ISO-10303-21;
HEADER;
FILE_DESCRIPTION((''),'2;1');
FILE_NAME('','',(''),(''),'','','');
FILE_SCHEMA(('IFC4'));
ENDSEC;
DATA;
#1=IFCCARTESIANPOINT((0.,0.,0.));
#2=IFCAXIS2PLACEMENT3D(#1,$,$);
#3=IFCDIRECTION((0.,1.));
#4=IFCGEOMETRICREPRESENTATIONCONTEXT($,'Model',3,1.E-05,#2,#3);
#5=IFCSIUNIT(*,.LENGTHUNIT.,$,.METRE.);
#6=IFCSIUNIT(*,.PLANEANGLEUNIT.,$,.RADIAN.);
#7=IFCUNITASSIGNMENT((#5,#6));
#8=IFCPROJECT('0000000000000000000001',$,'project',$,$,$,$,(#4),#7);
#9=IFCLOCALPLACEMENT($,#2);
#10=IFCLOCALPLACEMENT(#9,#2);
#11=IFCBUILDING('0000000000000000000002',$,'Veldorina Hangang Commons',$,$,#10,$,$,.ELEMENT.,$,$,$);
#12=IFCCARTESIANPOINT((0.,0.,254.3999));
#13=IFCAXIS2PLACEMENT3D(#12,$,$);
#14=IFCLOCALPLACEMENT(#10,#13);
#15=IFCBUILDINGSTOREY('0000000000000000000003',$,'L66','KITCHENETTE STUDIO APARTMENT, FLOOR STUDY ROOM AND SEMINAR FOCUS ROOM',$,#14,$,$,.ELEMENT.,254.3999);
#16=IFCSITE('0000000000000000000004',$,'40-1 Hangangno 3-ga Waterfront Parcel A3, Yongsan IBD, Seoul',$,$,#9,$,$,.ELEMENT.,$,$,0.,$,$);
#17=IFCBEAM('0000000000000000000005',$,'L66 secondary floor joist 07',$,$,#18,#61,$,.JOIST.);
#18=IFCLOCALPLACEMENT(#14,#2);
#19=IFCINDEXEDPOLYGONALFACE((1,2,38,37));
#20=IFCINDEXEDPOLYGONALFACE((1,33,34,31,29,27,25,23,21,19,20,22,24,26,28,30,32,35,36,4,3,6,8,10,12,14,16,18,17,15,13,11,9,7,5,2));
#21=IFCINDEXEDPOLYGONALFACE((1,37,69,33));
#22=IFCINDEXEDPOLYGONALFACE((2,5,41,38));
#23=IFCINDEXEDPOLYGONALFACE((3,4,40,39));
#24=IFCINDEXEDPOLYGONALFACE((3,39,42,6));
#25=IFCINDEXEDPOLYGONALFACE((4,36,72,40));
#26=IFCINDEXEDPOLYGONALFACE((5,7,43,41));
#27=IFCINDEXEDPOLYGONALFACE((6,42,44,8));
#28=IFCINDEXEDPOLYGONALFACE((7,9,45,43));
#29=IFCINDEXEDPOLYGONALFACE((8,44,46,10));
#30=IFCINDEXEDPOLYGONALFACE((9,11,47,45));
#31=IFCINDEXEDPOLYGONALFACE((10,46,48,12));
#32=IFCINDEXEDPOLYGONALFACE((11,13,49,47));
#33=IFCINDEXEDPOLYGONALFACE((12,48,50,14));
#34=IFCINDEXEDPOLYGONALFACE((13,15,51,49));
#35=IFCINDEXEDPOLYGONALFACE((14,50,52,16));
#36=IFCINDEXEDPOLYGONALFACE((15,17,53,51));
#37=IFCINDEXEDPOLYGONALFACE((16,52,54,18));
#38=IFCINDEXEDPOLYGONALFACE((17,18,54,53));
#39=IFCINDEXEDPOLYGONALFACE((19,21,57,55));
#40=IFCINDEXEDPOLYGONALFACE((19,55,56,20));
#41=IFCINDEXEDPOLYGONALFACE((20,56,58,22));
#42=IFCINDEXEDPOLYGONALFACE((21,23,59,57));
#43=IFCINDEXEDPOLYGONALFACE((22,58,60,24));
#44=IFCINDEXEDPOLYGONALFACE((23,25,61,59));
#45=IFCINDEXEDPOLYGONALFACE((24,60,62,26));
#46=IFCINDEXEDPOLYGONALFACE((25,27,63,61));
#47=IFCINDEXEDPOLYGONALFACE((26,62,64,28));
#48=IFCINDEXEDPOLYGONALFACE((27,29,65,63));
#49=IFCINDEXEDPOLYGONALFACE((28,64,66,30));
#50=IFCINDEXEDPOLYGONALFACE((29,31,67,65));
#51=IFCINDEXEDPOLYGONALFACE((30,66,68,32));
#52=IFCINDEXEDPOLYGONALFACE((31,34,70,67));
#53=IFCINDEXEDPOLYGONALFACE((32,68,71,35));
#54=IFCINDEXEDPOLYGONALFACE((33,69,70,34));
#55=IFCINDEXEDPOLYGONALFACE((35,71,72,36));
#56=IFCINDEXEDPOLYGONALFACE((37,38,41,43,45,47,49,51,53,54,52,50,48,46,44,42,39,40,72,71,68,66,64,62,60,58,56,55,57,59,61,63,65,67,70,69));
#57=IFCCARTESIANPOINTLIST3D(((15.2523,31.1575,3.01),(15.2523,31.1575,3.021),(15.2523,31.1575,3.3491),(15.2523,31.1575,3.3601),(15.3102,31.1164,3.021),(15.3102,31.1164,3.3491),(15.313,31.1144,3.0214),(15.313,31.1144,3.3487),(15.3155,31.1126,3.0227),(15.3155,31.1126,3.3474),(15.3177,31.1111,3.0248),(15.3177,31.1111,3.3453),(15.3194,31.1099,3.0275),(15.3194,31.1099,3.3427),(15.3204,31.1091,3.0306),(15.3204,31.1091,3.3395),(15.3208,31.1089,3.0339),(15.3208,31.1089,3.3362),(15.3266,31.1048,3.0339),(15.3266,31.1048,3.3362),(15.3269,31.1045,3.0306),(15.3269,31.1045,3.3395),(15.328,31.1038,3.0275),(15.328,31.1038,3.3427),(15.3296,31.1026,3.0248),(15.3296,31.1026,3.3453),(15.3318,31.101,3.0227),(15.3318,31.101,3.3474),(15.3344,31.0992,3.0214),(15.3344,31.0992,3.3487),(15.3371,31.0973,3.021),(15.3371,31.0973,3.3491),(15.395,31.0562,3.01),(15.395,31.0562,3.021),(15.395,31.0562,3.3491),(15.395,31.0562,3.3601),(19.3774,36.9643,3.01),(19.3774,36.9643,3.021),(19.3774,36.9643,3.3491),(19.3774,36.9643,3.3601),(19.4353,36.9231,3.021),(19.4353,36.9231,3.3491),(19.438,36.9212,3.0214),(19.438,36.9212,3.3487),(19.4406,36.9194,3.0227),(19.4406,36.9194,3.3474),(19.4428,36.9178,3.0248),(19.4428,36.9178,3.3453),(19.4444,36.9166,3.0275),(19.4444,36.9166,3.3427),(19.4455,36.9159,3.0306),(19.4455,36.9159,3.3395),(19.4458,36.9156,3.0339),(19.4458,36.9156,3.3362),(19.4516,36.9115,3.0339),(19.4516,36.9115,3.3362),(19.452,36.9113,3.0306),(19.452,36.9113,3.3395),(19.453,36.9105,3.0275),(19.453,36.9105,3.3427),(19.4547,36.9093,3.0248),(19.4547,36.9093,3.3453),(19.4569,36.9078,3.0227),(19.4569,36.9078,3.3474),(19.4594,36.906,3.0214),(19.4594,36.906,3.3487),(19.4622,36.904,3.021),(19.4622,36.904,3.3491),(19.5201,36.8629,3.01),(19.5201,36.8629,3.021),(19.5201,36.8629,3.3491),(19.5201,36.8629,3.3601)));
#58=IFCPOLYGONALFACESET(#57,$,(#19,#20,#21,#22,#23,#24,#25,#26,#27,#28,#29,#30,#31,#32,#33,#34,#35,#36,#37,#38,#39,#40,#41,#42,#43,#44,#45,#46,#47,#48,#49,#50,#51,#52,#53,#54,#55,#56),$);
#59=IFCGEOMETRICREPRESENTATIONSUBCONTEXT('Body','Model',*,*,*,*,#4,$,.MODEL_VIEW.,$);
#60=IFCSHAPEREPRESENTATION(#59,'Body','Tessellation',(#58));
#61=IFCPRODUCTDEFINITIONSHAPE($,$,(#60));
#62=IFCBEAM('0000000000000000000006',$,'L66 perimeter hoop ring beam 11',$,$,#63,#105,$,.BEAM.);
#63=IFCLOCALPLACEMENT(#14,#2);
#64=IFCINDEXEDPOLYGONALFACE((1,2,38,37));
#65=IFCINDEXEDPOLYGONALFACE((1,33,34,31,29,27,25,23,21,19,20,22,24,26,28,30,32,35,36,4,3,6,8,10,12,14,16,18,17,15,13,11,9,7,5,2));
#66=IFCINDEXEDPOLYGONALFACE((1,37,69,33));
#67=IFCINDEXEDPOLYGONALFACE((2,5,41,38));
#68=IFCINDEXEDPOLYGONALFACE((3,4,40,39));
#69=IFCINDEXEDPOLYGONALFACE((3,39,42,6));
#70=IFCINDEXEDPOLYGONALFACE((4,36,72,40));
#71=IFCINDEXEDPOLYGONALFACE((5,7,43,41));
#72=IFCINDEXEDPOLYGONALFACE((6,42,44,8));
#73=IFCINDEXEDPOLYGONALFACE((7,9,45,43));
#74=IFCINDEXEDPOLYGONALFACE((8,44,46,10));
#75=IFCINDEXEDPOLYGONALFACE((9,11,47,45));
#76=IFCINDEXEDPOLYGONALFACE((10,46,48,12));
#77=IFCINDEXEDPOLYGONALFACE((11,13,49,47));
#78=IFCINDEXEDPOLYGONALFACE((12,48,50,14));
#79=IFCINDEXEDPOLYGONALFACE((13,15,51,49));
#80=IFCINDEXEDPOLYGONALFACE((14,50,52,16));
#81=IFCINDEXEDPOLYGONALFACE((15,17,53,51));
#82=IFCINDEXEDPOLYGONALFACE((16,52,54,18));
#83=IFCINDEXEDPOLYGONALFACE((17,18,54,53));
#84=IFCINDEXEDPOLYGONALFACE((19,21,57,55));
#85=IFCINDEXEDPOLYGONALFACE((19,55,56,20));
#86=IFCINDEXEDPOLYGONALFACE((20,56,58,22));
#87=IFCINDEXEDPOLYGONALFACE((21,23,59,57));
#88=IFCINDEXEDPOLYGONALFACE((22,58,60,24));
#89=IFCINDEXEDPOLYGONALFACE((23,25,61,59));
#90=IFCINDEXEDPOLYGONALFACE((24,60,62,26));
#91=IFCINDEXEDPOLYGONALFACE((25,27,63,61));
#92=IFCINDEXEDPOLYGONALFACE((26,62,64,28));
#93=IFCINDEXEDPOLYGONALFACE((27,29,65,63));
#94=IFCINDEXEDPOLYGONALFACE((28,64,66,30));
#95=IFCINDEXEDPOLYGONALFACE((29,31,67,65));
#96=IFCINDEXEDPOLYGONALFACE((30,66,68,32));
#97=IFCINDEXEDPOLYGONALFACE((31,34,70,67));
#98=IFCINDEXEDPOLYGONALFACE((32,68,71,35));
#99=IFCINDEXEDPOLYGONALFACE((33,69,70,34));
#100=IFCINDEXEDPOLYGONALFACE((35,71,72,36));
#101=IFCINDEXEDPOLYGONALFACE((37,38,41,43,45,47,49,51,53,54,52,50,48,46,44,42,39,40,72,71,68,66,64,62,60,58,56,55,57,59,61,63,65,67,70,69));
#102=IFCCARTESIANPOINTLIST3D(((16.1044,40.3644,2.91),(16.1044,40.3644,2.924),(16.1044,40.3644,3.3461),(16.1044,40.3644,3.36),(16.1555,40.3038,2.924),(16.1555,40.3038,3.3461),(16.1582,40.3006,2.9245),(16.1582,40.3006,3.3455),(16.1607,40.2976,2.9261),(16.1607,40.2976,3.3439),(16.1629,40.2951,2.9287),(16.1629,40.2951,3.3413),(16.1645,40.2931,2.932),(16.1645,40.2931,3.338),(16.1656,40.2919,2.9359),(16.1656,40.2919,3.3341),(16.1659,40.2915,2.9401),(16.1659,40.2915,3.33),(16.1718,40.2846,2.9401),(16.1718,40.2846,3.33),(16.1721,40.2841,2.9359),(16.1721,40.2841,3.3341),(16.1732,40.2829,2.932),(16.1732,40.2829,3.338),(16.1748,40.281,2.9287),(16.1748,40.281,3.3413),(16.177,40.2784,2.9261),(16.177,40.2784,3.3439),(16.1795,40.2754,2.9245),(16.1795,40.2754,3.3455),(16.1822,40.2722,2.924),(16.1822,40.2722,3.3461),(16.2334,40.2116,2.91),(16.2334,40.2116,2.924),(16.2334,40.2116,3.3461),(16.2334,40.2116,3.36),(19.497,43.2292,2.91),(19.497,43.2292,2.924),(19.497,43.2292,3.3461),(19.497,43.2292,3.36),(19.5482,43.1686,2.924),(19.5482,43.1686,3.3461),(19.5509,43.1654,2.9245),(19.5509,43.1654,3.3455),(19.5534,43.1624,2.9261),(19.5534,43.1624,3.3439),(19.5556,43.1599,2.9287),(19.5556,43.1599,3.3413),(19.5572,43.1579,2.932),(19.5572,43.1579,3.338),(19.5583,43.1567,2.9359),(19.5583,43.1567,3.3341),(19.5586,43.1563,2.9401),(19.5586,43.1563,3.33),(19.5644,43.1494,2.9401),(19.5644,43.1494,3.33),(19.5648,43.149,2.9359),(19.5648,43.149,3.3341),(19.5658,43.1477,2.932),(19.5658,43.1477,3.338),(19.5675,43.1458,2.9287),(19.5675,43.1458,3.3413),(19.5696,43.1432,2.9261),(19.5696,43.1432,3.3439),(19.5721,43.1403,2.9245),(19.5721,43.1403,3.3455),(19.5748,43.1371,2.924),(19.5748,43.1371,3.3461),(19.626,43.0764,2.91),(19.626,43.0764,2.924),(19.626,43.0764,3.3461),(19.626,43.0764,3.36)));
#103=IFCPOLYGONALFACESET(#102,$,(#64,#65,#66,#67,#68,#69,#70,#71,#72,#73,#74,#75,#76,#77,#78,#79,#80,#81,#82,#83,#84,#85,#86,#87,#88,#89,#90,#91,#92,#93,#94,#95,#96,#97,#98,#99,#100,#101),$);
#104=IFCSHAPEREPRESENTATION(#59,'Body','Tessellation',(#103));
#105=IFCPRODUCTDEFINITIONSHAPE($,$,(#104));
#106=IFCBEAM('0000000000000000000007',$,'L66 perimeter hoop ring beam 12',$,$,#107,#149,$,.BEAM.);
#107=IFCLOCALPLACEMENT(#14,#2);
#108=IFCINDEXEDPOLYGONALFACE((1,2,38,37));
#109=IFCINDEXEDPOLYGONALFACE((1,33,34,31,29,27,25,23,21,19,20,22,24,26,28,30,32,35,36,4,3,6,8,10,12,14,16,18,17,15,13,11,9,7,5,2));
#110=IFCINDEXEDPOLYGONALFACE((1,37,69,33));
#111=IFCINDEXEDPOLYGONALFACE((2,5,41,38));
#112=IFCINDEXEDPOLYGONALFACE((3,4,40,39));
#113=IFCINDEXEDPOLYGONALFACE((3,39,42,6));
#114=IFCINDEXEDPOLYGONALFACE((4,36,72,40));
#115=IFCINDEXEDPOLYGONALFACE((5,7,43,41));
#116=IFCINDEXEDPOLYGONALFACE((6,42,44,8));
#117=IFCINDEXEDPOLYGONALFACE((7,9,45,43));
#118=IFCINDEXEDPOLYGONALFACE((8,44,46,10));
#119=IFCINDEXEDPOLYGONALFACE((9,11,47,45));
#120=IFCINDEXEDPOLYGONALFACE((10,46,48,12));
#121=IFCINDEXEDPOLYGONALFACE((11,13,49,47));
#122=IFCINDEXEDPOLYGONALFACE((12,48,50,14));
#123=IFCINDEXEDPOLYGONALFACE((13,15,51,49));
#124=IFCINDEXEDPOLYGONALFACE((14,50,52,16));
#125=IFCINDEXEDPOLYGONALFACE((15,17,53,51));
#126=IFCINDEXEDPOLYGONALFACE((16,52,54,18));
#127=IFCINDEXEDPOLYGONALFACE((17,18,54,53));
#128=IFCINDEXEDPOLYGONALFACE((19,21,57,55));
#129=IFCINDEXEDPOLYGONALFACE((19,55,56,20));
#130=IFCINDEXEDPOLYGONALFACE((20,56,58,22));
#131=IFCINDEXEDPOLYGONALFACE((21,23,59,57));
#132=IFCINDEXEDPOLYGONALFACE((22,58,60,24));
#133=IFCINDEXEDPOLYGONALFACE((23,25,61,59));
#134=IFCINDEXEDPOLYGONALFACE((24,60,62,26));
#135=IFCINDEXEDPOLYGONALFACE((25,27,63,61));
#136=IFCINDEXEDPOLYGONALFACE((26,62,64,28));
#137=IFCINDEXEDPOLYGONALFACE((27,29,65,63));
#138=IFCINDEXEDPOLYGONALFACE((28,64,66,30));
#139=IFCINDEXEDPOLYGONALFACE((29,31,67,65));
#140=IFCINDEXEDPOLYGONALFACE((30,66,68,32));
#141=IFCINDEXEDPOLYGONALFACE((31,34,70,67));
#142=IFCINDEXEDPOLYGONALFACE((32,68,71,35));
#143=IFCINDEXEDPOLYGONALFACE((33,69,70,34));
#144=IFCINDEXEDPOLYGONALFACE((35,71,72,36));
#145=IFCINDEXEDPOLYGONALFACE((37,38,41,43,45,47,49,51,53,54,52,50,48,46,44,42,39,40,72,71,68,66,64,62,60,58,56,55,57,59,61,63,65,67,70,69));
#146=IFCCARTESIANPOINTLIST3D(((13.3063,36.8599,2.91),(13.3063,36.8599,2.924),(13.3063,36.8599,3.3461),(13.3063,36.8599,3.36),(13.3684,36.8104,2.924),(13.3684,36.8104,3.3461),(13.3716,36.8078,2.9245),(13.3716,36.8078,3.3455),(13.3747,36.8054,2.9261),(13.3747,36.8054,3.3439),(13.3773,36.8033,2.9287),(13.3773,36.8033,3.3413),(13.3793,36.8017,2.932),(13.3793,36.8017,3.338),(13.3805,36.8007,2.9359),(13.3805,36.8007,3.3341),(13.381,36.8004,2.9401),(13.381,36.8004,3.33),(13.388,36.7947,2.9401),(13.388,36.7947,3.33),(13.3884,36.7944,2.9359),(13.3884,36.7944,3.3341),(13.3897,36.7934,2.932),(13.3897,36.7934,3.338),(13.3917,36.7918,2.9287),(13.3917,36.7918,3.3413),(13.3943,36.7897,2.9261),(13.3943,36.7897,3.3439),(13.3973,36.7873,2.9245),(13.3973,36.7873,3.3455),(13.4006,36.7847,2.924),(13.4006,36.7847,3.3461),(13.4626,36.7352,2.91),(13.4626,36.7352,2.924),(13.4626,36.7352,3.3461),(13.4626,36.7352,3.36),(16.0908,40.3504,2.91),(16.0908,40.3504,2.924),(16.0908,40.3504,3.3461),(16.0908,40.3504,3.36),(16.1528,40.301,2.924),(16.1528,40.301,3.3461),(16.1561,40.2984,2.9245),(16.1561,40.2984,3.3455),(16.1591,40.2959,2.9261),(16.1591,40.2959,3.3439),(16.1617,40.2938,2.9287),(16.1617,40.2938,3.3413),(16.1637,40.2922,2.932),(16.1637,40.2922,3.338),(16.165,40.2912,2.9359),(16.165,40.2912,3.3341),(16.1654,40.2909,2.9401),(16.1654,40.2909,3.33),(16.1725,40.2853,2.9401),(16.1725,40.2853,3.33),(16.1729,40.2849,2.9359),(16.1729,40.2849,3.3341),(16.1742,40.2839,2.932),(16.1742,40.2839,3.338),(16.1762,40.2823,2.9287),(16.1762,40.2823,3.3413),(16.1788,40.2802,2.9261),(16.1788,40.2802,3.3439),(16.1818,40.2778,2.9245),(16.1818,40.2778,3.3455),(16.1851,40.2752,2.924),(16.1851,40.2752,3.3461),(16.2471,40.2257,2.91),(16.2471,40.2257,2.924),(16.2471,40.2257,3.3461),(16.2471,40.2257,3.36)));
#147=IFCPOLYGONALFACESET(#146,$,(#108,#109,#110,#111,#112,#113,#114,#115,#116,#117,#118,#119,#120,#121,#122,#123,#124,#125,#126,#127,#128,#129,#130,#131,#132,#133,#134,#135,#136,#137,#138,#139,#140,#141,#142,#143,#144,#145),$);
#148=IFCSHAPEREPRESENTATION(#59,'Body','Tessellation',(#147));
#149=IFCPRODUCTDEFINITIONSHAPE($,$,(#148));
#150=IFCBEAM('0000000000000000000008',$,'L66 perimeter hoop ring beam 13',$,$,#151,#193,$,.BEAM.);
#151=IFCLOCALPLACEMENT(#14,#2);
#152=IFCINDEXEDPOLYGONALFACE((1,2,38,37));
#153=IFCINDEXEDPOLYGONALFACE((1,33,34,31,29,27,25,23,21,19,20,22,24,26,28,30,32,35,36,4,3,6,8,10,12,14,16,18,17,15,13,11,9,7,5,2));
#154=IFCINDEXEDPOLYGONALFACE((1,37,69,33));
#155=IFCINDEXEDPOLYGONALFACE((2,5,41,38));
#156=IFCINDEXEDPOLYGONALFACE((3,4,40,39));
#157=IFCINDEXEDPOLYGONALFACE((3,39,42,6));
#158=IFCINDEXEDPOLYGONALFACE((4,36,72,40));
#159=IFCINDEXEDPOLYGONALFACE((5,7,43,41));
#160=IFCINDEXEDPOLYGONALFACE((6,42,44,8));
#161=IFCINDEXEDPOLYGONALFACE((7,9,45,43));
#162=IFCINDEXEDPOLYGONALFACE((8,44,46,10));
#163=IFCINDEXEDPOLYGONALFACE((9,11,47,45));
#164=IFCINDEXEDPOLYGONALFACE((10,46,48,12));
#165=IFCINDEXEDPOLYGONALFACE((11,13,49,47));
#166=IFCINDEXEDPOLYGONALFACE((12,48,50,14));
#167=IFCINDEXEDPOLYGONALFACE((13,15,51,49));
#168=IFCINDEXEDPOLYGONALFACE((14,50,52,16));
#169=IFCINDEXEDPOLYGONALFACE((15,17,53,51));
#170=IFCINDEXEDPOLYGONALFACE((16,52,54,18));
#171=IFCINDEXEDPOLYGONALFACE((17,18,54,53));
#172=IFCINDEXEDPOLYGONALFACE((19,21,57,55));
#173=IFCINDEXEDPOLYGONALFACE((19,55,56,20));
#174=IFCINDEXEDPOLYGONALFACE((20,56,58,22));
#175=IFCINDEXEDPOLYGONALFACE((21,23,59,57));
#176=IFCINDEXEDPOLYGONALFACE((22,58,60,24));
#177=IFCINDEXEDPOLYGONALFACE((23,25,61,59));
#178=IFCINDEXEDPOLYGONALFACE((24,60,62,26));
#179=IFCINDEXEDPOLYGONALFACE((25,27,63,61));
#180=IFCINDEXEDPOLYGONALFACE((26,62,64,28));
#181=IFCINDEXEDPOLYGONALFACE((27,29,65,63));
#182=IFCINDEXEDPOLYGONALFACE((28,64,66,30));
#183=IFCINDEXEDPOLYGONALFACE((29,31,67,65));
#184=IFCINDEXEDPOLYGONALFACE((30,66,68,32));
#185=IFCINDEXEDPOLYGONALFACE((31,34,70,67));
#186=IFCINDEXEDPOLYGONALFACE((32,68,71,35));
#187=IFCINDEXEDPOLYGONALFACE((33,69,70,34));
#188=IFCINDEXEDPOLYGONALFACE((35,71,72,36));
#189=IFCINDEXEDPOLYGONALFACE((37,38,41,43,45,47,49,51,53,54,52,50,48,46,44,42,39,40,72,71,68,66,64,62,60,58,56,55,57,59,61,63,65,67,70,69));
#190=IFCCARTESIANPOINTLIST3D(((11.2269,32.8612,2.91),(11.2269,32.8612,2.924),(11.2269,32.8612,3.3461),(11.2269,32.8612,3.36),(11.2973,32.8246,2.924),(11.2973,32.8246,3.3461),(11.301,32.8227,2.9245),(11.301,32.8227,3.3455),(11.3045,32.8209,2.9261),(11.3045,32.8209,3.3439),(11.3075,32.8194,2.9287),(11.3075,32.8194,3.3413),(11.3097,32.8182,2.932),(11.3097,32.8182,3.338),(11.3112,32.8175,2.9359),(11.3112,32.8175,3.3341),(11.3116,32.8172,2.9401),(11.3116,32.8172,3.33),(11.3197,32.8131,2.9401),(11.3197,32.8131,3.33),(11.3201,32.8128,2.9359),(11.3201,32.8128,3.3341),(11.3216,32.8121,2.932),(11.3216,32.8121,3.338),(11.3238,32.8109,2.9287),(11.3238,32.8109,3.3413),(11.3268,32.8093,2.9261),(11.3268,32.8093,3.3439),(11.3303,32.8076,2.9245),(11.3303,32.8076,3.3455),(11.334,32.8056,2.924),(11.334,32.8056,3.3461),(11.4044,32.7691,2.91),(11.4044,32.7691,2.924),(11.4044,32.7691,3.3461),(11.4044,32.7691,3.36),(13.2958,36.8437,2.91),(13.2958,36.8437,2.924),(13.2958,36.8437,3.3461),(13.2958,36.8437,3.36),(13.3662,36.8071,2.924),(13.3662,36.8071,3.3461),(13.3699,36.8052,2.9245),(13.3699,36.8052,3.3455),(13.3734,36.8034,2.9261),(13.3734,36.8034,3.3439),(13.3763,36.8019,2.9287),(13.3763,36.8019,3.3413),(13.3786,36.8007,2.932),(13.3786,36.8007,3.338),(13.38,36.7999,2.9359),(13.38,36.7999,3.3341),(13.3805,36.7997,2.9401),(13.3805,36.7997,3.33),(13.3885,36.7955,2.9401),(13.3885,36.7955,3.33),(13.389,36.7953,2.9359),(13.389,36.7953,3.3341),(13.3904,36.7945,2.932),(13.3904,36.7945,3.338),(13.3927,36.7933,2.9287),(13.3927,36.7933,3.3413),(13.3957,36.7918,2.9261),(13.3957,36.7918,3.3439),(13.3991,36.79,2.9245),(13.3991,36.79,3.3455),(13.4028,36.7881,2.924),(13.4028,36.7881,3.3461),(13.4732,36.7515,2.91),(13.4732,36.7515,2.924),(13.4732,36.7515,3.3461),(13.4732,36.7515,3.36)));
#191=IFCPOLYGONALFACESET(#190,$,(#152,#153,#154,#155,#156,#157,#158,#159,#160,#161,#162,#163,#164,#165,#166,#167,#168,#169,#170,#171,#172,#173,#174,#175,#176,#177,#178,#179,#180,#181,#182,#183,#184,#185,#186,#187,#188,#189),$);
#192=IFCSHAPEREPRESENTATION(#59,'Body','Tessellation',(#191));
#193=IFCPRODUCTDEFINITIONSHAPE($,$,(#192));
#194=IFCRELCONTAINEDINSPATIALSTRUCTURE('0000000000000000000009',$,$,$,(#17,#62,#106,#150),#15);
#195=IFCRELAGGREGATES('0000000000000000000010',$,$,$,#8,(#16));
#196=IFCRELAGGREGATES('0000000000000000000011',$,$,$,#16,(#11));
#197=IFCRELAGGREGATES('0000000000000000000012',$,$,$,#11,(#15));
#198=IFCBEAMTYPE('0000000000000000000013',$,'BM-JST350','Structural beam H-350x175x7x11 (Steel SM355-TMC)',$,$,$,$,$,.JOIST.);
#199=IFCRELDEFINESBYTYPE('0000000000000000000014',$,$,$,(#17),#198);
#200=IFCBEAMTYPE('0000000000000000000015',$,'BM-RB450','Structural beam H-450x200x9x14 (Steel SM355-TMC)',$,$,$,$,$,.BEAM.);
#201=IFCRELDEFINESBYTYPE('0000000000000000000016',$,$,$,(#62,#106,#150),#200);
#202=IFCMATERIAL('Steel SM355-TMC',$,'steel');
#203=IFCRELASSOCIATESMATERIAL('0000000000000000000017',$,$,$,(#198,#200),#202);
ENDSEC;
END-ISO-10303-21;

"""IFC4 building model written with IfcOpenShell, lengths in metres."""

from ifc_helpers import new_model, si_unit, direction, frame, origin, origin_2d, place, context, subcontext, project, spatial, i_section, extrude, material, material_profile, profile_set, type_object, element, save


model = new_model("IFC4")

# Units and contexts
model_context = context("Model", 3, precision=1e-05, world=origin(), true_north=direction((0.0, 1.0)))
body_context = subcontext(model_context, "Body", "Model", "MODEL_VIEW")
ifc_project = project(units=[si_unit("LENGTHUNIT", "METRE"), si_unit("PLANEANGLEUNIT", "RADIAN")], contexts=[model_context])

# Site, building, storey
site_placement = place(None, origin())
site = spatial("IfcSite", under=ifc_project, at=site_placement, Name="40-1 Hangangno 3-ga Waterfront Parcel A3, Yongsan IBD, Seoul", CompositionType="ELEMENT", RefElevation=0.0)
building_placement = place(site_placement, origin())
building = spatial("IfcBuilding", under=site, at=building_placement, Name="Veldorina Hangang Commons", CompositionType="ELEMENT")
storey_placement = place(building_placement, frame((0.0, 0.0, 254.3999)))
storey = spatial("IfcBuildingStorey", under=building, at=storey_placement, Name="L66", Description="KITCHENETTE STUDIO APARTMENT, FLOOR STUDY ROOM AND SEMINAR FOCUS ROOM", CompositionType="ELEMENT", Elevation=254.3999)

# Beams
ifc_material_1 = material(Name="Steel SM355-TMC", Category="steel")
ifc_material_profile_1 = material_profile(ifc_material_1, i_section(OverallWidth=0.175, OverallDepth=0.3501, WebThickness=0.0071, FlangeThickness=0.011, FilletRadius=0.0129, at=origin_2d()), Name="H-350x175x7x11")
ifc_profile_set_1 = profile_set([ifc_material_profile_1], Name="Steel SM355-TMC")
beam_type_1 = type_object("IfcBeamType", Name="BM-JST350", Description="Structural beam H-350x175x7x11 (Steel SM355-TMC)", PredefinedType="JOIST", material=ifc_profile_set_1)
beam_1_placement = place(storey_placement, frame((19.4487, 36.9136, 3.1851), z_axis=(-0.579135, -0.815232, 0.0), x_axis=(0.815232, -0.579135, 0.0)))
element("IfcBeam", 1, at=beam_1_placement, inside=storey, type_object=beam_type_1, Name="L66 secondary floor joist 07", PredefinedType="JOIST", context=body_context, shape_type="SweptSolid", body=[
    extrude(i_section(OverallWidth=0.175, OverallDepth=0.3501, WebThickness=0.0071, FlangeThickness=0.011, FilletRadius=0.0129, at=origin_2d()), origin(), (0.0, 0.0, 1.0), 7.1228),
])
ifc_material_profile_2 = material_profile(ifc_material_1, i_section(OverallWidth=0.2, OverallDepth=0.45, WebThickness=0.009, FlangeThickness=0.0139, FilletRadius=0.0161, at=origin_2d()), Name="H-450x200x9x14")
ifc_profile_set_2 = profile_set([ifc_material_profile_2], Name="Steel SM355-TMC")
beam_type_2 = type_object("IfcBeamType", Name="BM-RB450", Description="Structural beam H-450x200x9x14 (Steel SM355-TMC)", PredefinedType="BEAM", material=ifc_profile_set_2)
beam_2_placement = place(storey_placement, frame((19.5615, 43.1528, 3.135), z_axis=(-0.764041, -0.645168, 0.0), x_axis=(0.645168, -0.764041, 0.0)))
element("IfcBeam", 2, at=beam_2_placement, inside=storey, type_object=beam_type_2, Name="L66 perimeter hoop ring beam 11", PredefinedType="BEAM", context=body_context, shape_type="SweptSolid", body=[
    extrude(i_section(OverallWidth=0.2, OverallDepth=0.45, WebThickness=0.009, FlangeThickness=0.0139, FilletRadius=0.0161, at=origin_2d()), origin(), (0.0, 0.0, 1.0), 4.4404),
])
beam_3_placement = place(storey_placement, frame((16.1689, 40.2881, 3.135), z_axis=(-0.623608, -0.781738, 0.0), x_axis=(0.781738, -0.623608, 0.0)))
element("IfcBeam", 3, at=beam_3_placement, inside=storey, type_object=beam_type_2, Name="L66 perimeter hoop ring beam 12", PredefinedType="BEAM", context=body_context, shape_type="SweptSolid", body=[
    extrude(i_section(OverallWidth=0.2, OverallDepth=0.45, WebThickness=0.009, FlangeThickness=0.0139, FilletRadius=0.0161, at=origin_2d()), origin(), (0.0, 0.0, 1.0), 4.4651),
])
beam_4_placement = place(storey_placement, frame((13.3845, 36.7976, 3.135), z_axis=(-0.461, -0.8874, 0.0), x_axis=(0.8874, -0.461, 0.0)))
element("IfcBeam", 4, at=beam_4_placement, inside=storey, type_object=beam_type_2, Name="L66 perimeter hoop ring beam 13", PredefinedType="BEAM", context=body_context, shape_type="SweptSolid", body=[
    extrude(i_section(OverallWidth=0.2, OverallDepth=0.45, WebThickness=0.009, FlangeThickness=0.0139, FilletRadius=0.0161, at=origin_2d()), origin(), (0.0, 0.0, 1.0), 4.4878),
])

save(model, "model.ifc")
